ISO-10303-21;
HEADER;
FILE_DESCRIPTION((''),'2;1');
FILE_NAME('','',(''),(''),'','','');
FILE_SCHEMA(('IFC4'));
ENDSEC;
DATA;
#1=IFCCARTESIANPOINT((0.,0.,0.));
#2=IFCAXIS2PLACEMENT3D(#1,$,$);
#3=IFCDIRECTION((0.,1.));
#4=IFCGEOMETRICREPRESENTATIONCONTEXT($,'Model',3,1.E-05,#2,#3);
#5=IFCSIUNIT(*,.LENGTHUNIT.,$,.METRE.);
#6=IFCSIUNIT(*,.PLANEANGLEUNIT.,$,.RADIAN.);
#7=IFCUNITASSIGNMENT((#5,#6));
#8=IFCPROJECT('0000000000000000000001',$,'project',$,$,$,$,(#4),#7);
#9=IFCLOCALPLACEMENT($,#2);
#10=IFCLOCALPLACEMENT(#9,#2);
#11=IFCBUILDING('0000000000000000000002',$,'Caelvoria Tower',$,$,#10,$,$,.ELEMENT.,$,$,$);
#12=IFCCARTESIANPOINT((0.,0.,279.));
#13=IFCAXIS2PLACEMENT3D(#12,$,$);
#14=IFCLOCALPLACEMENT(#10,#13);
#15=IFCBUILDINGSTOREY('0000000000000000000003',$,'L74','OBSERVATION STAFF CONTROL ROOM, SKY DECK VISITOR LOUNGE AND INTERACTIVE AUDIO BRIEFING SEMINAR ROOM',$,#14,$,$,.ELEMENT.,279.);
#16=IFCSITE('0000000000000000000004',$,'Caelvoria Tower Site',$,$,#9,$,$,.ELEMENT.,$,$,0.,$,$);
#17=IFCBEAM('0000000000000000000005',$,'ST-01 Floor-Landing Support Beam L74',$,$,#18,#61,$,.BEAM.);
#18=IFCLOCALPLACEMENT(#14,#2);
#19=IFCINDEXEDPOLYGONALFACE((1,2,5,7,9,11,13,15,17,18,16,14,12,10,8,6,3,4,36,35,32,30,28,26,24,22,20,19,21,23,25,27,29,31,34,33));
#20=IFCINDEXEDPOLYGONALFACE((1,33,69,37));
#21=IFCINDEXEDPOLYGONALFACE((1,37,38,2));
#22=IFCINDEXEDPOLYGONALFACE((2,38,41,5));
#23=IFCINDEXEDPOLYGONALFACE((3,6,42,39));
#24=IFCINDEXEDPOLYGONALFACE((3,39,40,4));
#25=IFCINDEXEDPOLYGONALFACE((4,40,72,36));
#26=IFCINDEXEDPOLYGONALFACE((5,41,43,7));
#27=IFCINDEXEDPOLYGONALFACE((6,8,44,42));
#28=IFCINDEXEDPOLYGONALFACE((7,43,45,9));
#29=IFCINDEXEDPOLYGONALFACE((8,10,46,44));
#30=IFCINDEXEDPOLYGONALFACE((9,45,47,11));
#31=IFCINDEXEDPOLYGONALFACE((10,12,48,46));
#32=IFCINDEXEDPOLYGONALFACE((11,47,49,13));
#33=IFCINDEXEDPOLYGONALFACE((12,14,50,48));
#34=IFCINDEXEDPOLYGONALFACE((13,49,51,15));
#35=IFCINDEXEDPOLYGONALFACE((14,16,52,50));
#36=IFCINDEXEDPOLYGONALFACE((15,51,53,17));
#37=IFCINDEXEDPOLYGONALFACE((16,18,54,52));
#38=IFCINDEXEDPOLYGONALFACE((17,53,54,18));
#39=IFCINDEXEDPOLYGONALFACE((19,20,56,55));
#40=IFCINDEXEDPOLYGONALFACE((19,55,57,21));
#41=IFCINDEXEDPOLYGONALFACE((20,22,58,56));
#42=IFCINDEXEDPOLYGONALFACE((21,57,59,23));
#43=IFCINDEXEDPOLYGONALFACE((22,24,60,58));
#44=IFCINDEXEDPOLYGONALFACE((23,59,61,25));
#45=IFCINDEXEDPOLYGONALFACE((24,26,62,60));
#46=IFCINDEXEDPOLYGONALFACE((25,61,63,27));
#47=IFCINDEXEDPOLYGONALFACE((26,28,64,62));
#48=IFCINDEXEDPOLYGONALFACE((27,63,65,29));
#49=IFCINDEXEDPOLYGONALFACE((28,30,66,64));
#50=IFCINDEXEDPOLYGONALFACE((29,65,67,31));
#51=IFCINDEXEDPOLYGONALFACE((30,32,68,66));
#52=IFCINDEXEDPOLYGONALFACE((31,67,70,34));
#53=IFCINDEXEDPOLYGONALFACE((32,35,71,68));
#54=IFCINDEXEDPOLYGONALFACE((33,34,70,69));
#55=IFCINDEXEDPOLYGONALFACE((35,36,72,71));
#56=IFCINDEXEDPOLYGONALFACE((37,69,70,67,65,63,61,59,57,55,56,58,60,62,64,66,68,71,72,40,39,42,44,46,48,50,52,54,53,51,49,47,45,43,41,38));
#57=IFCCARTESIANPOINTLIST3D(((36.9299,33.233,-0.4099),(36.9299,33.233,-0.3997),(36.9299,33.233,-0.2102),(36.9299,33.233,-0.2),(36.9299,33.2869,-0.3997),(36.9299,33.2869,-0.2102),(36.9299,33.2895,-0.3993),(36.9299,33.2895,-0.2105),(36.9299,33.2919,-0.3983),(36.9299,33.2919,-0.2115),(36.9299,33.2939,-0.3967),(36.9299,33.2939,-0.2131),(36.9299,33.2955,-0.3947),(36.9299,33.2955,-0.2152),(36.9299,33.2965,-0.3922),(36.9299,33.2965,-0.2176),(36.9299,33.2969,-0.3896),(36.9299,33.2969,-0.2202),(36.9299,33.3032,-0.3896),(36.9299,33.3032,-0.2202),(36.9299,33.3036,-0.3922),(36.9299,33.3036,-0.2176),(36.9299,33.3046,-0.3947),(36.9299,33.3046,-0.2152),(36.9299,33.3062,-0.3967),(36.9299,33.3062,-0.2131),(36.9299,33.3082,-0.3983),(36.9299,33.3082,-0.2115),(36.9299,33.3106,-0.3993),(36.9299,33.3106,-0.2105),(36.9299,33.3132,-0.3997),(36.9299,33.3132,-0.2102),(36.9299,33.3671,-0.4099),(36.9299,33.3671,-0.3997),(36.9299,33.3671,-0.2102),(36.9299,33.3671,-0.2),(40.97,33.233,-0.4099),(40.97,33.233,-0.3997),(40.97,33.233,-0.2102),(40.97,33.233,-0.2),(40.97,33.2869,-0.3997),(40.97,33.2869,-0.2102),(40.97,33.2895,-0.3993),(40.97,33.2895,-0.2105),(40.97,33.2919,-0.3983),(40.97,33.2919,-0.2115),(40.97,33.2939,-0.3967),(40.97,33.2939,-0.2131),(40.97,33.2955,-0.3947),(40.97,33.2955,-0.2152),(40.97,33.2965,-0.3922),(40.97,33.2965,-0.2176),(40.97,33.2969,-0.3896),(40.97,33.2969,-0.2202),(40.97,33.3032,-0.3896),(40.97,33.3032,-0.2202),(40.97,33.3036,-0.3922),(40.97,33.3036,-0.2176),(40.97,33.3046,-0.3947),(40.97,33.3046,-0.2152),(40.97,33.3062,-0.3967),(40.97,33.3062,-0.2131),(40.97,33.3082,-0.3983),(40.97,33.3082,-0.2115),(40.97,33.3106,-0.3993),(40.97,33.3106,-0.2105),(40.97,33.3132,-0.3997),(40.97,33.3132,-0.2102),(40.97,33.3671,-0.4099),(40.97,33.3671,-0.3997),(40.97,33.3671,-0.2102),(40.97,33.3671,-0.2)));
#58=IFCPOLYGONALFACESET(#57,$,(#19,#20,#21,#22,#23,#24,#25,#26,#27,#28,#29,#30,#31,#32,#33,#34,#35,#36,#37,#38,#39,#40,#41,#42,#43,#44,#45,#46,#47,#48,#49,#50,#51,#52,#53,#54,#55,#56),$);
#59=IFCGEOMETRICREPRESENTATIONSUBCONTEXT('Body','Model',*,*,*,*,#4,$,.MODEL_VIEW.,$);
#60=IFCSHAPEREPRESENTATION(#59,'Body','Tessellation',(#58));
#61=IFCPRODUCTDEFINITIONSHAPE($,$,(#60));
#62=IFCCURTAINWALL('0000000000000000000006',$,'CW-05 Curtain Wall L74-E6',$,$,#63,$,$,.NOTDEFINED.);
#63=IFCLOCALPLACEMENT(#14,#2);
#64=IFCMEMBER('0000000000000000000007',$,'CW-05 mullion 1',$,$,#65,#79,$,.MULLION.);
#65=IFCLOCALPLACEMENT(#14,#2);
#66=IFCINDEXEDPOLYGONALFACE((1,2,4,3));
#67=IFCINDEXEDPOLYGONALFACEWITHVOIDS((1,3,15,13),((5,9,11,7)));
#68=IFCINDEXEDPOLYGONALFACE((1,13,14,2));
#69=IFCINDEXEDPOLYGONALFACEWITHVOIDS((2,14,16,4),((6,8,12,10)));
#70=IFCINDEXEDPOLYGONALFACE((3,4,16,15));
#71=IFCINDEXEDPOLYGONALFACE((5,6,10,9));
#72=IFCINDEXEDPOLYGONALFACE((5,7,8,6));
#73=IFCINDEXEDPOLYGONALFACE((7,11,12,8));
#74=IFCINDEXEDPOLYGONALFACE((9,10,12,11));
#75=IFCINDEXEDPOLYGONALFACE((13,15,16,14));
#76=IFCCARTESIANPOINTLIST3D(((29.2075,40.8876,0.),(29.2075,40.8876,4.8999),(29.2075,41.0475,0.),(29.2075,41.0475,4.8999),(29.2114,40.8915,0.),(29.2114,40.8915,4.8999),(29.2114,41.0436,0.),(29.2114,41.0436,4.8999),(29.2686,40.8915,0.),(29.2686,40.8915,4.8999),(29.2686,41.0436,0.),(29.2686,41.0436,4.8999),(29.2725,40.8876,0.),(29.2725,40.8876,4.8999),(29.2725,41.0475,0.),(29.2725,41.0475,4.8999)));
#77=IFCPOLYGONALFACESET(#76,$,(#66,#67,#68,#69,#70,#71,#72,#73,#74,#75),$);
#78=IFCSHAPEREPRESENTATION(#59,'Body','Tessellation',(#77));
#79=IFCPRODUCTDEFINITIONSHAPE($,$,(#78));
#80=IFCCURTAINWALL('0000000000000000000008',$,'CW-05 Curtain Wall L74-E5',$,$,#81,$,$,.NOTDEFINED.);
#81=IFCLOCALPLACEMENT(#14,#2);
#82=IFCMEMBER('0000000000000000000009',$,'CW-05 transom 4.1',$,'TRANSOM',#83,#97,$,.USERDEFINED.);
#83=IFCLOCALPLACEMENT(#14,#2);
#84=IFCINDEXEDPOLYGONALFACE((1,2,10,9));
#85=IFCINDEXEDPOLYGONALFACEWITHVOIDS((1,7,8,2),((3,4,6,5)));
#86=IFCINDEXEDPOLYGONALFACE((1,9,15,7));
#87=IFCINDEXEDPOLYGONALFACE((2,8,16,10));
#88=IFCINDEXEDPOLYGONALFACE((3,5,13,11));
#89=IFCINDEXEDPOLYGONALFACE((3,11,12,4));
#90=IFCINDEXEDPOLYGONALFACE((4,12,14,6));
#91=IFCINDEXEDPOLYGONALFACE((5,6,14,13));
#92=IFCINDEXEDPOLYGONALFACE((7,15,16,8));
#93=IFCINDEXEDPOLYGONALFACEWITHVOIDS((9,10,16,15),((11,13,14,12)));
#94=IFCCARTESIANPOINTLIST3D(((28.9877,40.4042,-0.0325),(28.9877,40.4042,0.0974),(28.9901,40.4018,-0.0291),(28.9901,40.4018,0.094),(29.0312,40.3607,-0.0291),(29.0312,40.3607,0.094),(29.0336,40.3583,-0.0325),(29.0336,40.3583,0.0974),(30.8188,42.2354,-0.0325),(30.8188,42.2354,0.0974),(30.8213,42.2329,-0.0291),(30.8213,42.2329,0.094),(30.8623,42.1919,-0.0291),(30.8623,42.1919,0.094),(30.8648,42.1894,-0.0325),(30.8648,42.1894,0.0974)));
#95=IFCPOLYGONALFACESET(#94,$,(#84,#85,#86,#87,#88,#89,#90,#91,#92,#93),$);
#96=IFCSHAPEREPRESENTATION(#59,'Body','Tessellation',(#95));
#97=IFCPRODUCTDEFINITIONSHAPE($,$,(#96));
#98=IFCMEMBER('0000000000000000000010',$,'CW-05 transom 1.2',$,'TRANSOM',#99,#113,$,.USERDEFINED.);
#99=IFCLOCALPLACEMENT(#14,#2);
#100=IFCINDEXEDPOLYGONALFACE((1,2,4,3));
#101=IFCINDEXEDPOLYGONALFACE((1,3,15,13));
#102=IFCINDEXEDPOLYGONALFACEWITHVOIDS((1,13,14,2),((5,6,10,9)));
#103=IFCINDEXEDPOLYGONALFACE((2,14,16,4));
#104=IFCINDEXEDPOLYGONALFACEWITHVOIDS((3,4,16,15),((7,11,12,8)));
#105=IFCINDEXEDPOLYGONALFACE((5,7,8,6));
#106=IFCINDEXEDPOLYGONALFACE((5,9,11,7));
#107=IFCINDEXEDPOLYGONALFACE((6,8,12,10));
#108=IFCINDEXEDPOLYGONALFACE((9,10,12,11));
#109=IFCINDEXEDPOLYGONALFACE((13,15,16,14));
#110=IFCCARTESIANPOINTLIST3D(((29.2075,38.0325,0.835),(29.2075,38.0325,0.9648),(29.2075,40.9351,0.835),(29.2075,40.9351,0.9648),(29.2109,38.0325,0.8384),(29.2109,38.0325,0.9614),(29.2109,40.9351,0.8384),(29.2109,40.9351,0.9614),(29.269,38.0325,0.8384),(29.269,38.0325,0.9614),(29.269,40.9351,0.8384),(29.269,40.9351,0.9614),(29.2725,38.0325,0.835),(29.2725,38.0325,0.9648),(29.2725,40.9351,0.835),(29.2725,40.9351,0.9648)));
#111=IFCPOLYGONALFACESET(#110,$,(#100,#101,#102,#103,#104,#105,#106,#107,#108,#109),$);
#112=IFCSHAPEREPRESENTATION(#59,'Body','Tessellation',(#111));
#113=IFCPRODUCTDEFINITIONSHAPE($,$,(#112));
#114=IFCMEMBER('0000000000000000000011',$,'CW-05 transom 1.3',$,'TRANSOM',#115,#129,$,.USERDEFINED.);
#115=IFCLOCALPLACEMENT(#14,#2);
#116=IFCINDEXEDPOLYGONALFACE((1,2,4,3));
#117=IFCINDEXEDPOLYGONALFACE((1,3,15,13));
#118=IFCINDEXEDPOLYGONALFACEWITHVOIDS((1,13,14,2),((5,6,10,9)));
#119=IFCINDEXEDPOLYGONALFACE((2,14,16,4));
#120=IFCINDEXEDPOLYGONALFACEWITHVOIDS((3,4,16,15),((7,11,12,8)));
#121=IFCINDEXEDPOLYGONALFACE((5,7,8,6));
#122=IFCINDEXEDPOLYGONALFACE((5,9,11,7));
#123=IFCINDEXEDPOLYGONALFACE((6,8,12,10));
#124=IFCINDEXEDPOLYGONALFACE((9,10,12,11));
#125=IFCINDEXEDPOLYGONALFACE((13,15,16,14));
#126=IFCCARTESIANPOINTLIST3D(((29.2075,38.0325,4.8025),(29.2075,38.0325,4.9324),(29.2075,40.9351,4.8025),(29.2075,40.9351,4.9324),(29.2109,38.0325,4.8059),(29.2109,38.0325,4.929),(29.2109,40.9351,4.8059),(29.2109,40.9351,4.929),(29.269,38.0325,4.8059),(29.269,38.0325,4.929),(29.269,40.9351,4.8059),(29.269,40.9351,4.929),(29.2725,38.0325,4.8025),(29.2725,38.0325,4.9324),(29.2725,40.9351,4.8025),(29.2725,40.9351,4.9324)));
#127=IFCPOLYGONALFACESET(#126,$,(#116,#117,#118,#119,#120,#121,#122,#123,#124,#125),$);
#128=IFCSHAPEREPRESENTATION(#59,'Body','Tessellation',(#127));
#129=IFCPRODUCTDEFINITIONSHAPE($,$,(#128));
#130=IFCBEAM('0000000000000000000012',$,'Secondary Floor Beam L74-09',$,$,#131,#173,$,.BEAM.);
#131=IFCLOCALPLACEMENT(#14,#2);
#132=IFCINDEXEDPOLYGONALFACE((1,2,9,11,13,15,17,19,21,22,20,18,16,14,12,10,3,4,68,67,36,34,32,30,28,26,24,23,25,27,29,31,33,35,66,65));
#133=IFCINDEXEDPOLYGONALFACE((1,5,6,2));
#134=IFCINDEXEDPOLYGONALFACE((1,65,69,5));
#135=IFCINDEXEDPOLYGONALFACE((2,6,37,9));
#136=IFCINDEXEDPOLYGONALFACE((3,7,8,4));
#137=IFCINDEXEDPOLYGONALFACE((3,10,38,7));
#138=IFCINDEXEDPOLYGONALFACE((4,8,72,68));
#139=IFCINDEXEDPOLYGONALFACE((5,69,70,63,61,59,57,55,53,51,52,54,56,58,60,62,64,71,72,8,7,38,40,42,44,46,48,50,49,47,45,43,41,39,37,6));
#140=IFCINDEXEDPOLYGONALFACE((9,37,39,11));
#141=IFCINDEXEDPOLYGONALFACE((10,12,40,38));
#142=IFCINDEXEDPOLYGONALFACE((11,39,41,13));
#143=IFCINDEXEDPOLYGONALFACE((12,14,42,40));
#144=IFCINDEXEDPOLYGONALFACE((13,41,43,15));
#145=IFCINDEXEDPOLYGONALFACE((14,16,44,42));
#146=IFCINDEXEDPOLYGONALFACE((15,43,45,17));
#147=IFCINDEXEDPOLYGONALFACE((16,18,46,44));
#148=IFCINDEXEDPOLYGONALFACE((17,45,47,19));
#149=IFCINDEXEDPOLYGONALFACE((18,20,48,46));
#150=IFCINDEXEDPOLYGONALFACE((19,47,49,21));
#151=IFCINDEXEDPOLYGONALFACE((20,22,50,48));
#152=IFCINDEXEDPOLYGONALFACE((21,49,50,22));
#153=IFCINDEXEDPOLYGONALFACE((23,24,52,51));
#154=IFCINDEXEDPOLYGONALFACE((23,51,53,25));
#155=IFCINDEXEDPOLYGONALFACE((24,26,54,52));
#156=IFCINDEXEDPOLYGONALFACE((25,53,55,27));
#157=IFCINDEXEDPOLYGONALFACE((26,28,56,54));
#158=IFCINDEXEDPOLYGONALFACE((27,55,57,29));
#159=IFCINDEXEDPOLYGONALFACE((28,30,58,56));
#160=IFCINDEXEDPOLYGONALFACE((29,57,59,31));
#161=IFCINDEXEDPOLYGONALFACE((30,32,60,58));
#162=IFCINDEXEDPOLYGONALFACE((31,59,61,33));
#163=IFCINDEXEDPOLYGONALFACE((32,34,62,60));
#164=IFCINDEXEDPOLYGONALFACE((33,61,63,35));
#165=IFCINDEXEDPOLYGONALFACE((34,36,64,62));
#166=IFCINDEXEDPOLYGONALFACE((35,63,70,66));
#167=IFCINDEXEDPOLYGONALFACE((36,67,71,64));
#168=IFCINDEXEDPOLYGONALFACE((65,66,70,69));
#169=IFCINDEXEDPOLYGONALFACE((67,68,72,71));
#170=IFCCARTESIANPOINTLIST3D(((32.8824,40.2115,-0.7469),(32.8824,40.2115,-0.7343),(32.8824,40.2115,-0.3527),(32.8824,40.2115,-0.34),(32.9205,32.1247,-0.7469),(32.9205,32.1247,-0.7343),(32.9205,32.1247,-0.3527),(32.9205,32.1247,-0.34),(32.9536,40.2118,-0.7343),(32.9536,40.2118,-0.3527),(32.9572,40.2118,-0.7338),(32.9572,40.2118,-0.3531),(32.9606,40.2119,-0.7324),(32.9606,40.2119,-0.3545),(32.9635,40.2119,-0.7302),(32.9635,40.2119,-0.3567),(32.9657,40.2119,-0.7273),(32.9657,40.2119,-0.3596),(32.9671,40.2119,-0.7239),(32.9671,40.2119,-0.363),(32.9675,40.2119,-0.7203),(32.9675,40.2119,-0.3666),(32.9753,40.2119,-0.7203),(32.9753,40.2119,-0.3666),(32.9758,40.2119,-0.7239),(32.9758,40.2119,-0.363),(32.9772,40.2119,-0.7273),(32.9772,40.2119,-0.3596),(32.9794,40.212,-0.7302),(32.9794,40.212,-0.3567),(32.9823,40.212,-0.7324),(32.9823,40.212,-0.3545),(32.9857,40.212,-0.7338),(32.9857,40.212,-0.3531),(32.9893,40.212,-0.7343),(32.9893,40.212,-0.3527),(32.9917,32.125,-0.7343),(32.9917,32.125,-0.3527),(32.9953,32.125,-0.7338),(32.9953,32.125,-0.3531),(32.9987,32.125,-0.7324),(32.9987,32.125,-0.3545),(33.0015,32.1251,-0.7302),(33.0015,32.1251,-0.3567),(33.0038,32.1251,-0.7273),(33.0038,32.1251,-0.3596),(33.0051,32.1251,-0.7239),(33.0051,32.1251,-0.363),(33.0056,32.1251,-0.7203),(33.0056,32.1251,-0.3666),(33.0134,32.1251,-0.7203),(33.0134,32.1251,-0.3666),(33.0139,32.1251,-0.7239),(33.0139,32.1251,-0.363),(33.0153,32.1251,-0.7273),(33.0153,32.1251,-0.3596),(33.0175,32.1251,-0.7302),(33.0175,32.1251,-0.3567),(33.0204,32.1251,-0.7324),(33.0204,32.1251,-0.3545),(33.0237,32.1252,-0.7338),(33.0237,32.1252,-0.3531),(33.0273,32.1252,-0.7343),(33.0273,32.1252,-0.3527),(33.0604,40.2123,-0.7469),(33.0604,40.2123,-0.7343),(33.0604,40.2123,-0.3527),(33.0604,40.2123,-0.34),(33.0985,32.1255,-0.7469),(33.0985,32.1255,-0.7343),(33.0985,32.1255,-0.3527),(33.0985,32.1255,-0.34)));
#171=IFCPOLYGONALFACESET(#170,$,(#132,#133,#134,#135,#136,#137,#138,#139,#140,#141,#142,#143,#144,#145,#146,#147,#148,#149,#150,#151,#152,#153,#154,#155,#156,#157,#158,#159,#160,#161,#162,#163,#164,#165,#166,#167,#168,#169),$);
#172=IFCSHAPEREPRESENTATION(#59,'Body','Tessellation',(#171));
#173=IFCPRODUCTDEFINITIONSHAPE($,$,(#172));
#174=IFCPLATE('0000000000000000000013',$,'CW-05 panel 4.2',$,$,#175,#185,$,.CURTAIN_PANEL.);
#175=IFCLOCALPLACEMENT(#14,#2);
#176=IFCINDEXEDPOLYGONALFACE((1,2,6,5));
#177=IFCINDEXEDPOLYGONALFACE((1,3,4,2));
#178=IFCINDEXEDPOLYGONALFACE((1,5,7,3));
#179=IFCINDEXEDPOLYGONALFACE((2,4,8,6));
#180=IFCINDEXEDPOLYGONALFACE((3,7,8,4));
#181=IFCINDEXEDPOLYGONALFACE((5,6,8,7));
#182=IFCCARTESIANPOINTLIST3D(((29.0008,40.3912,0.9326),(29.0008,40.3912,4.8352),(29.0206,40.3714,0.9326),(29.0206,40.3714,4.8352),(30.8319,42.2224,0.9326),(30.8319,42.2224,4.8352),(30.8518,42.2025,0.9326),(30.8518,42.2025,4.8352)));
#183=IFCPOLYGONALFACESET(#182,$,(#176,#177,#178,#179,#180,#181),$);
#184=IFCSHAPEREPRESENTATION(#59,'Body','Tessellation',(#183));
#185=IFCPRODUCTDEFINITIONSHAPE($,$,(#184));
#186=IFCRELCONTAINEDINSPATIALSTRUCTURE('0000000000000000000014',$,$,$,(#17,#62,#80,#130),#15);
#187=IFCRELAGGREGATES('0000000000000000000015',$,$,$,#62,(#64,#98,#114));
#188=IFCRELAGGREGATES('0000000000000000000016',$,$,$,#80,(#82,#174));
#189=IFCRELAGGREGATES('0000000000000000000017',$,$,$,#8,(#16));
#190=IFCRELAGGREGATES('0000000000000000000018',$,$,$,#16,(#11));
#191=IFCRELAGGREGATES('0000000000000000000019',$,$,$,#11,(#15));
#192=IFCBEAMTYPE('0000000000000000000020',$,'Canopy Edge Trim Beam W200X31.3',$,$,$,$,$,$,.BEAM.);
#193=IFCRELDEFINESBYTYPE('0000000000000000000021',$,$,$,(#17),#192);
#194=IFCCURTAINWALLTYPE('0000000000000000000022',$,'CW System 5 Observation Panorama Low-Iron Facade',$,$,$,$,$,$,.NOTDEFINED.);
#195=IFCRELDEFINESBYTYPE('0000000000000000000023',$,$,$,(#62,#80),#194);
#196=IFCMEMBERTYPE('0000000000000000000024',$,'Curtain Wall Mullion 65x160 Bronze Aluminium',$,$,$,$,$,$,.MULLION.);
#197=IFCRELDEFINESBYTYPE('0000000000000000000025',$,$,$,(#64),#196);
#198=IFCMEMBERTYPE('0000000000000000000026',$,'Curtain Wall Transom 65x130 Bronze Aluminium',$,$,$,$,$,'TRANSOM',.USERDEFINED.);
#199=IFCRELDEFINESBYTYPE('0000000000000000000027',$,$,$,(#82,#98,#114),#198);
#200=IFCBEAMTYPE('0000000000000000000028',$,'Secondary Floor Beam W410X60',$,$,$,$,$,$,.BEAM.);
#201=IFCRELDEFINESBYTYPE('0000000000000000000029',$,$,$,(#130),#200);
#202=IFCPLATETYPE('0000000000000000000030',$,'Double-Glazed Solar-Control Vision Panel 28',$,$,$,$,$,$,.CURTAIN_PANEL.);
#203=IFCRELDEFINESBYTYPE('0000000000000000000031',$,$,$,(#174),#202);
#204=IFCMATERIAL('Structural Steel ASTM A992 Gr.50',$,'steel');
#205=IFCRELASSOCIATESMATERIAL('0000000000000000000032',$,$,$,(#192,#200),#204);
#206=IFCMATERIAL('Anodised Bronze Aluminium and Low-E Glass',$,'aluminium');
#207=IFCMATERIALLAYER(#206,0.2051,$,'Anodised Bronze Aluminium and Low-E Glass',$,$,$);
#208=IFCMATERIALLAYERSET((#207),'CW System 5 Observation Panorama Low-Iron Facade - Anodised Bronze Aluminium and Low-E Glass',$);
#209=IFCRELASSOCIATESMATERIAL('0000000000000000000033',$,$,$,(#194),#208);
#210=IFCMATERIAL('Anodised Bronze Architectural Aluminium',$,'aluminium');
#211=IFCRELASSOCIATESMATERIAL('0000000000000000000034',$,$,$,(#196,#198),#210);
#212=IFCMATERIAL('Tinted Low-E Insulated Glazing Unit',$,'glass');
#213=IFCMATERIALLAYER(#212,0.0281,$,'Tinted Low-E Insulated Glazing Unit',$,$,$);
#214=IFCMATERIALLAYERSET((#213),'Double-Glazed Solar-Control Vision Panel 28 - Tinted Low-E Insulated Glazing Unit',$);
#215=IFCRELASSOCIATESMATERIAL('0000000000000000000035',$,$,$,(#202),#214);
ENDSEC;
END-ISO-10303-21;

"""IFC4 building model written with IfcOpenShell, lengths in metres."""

from ifc_helpers import new_model, si_unit, direction, frame, origin, origin_2d, place, context, subcontext, project, spatial, rectangle, hollow_rectangle, i_section, extrude, material, layer, layer_set, material_profile, profile_set, type_object, element, aggregate, save


model = new_model("IFC4")

# Units and contexts
model_context = context("Model", 3, precision=1e-05, world=origin(), true_north=direction((0.0, 1.0)))
body_context = subcontext(model_context, "Body", "Model", "MODEL_VIEW")
ifc_project = project(units=[si_unit("LENGTHUNIT", "METRE"), si_unit("PLANEANGLEUNIT", "RADIAN")], contexts=[model_context])

# Site, building, storey
site_placement = place(None, origin())
site = spatial("IfcSite", under=ifc_project, at=site_placement, Name="Caelvoria Tower Site", CompositionType="ELEMENT", RefElevation=0.0)
building_placement = place(site_placement, origin())
building = spatial("IfcBuilding", under=site, at=building_placement, Name="Caelvoria Tower", CompositionType="ELEMENT")
storey_placement = place(building_placement, frame((0.0, 0.0, 279.0)))
storey = spatial("IfcBuildingStorey", under=building, at=storey_placement, Name="L74", Description="OBSERVATION STAFF CONTROL ROOM, SKY DECK VISITOR LOUNGE AND INTERACTIVE AUDIO BRIEFING SEMINAR ROOM", CompositionType="ELEMENT", Elevation=279.0)

# Beam
ifc_material_1 = material(Name="Structural Steel ASTM A992 Gr.50", Category="steel")
ifc_material_profile_1 = material_profile(ifc_material_1, i_section(OverallWidth=0.134, OverallDepth=0.21, WebThickness=0.0063, FlangeThickness=0.0103, FilletRadius=0.01, at=origin_2d()), Name="Structural Steel ASTM A992 Gr.50")
ifc_profile_set_1 = profile_set([ifc_material_profile_1], Name="W200X31.3 - Structural Steel ASTM A992 Gr.50")
beam_type_1 = type_object("IfcBeamType", Name="Canopy Edge Trim Beam W200X31.3", PredefinedType="BEAM", material=ifc_profile_set_1)
beam_1_placement = place(storey_placement, frame((36.9299, 33.3, -0.3049), z_axis=(1.0, 0.0, 0.0), x_axis=(0.0, 1.0, 0.0)))
element("IfcBeam", 1, at=beam_1_placement, inside=storey, type_object=beam_type_1, Name="ST-01 Floor-Landing Support Beam L74", PredefinedType="BEAM", context=body_context, shape_type="SweptSolid", body=[
    extrude(i_section(OverallWidth=0.134, OverallDepth=0.21, WebThickness=0.0063, FlangeThickness=0.0103, FilletRadius=0.01, at=origin_2d()), origin(), (0.0, 0.0, 1.0), 4.04),
])

# Curtain walls, members
ifc_material_2 = material(Name="Anodised Bronze Aluminium and Low-E Glass", Category="aluminium")
ifc_layer_1 = layer(ifc_material_2, 0.2051, Name="Anodised Bronze Aluminium and Low-E Glass")
ifc_layer_set_1 = layer_set([ifc_layer_1], Name="CW System 5 Observation Panorama Low-Iron Facade - Anodised Bronze Aluminium and Low-E Glass")
curtain_wall_type = type_object("IfcCurtainWallType", Name="CW System 5 Observation Panorama Low-Iron Facade", PredefinedType="NOTDEFINED", material=ifc_layer_set_1)
curtain_wall_1_placement = place(storey_placement, origin())
curtain_wall_1 = element("IfcCurtainWall", 2, at=curtain_wall_1_placement, inside=storey, type_object=curtain_wall_type, Name="CW-05 Curtain Wall L74-E6", PredefinedType="NOTDEFINED")
ifc_material_3 = material(Name="Anodised Bronze Architectural Aluminium", Category="aluminium")
ifc_material_profile_2 = material_profile(ifc_material_3, hollow_rectangle(XDim=0.0649, YDim=0.1599, WallThickness=0.0039, at=origin_2d()), Name="Anodised Bronze Architectural Aluminium")
ifc_profile_set_2 = profile_set([ifc_material_profile_2], Name="CW_MULL_65X160 - Anodised Bronze Architectural Aluminium")
member_type_1 = type_object("IfcMemberType", Name="Curtain Wall Mullion 65x160 Bronze Aluminium", PredefinedType="MULLION", material=ifc_profile_set_2)
member_1_placement = place(storey_placement, frame((29.24, 40.9675, 0.0), z_axis=(0.0, 0.0, 1.0), x_axis=(1.0, 0.0, 0.0)))
member_1 = element("IfcMember", 3, at=member_1_placement, type_object=member_type_1, Name="CW-05 mullion 1", PredefinedType="MULLION", context=body_context, shape_type="SweptSolid", body=[
    extrude(hollow_rectangle(XDim=0.0649, YDim=0.1599, WallThickness=0.0039, at=origin_2d()), origin(), (0.0, 0.0, 1.0), 4.8999),
])
curtain_wall_2_placement = place(storey_placement, origin())
curtain_wall_2 = element("IfcCurtainWall", 4, at=curtain_wall_2_placement, inside=storey, type_object=curtain_wall_type, Name="CW-05 Curtain Wall L74-E5", PredefinedType="NOTDEFINED")
ifc_material_profile_3 = material_profile(ifc_material_3, hollow_rectangle(XDim=0.0649, YDim=0.1299, WallThickness=0.0034, at=origin_2d()), Name="Anodised Bronze Architectural Aluminium")
ifc_profile_set_3 = profile_set([ifc_material_profile_3], Name="CW_TRAN_65X130 - Anodised Bronze Architectural Aluminium")
member_type_2 = type_object("IfcMemberType", Name="Curtain Wall Transom 65x130 Bronze Aluminium", ElementType="TRANSOM", PredefinedType="USERDEFINED", material=ifc_profile_set_3)
member_2_placement = place(storey_placement, frame((30.8418, 42.2124, 0.0325), z_axis=(-0.707107, -0.707107, 0.0), x_axis=(0.707107, -0.707107, 0.0)))
member_2 = element("IfcMember", 5, at=member_2_placement, type_object=member_type_2, Name="CW-05 transom 4.1", ObjectType="TRANSOM", PredefinedType="USERDEFINED", context=body_context, shape_type="SweptSolid", body=[
    extrude(hollow_rectangle(XDim=0.0649, YDim=0.1299, WallThickness=0.0034, at=origin_2d()), origin(), (0.0, 0.0, 1.0), 2.5896),
])

# Members
member_3_placement = place(storey_placement, frame((29.24, 40.9351, 0.8999), z_axis=(0.0, -1.0, 0.0), x_axis=(1.0, 0.0, 0.0)))
member_3 = element("IfcMember", 6, at=member_3_placement, type_object=member_type_2, Name="CW-05 transom 1.2", ObjectType="TRANSOM", PredefinedType="USERDEFINED", context=body_context, shape_type="SweptSolid", body=[
    extrude(hollow_rectangle(XDim=0.0649, YDim=0.1299, WallThickness=0.0034, at=origin_2d()), origin(), (0.0, 0.0, 1.0), 2.9026),
])
member_4_placement = place(storey_placement, frame((29.24, 40.9351, 4.8674), z_axis=(0.0, -1.0, 0.0), x_axis=(1.0, 0.0, 0.0)))
member_4 = element("IfcMember", 7, at=member_4_placement, type_object=member_type_2, Name="CW-05 transom 1.3", ObjectType="TRANSOM", PredefinedType="USERDEFINED", context=body_context, shape_type="SweptSolid", body=[
    extrude(hollow_rectangle(XDim=0.0649, YDim=0.1299, WallThickness=0.0034, at=origin_2d()), origin(), (0.0, 0.0, 1.0), 2.9026),
])
aggregate(curtain_wall_1, [member_1, member_3, member_4])

# Beam
ifc_material_profile_4 = material_profile(ifc_material_1, i_section(OverallWidth=0.178, OverallDepth=0.407, WebThickness=0.0078, FlangeThickness=0.0127, FilletRadius=0.0139, at=origin_2d()), Name="Structural Steel ASTM A992 Gr.50")
ifc_profile_set_4 = profile_set([ifc_material_profile_4], Name="W410X60 - Structural Steel ASTM A992 Gr.50")
beam_type_2 = type_object("IfcBeamType", Name="Secondary Floor Beam W410X60", PredefinedType="BEAM", material=ifc_profile_set_4)
beam_2_placement = place(storey_placement, frame((32.9714, 40.2119, -0.5435), z_axis=(0.00471, -0.999989, 0.0), x_axis=(0.999989, 0.00471, 0.0)))
element("IfcBeam", 8, at=beam_2_placement, inside=storey, type_object=beam_type_2, Name="Secondary Floor Beam L74-09", PredefinedType="BEAM", context=body_context, shape_type="SweptSolid", body=[
    extrude(i_section(OverallWidth=0.178, OverallDepth=0.407, WebThickness=0.0078, FlangeThickness=0.0127, FilletRadius=0.0139, at=origin_2d()), origin(), (0.0, 0.0, 1.0), 8.0869),
])

# Plate
ifc_material_4 = material(Name="Tinted Low-E Insulated Glazing Unit", Category="glass")
ifc_layer_2 = layer(ifc_material_4, 0.0281, Name="Tinted Low-E Insulated Glazing Unit")
ifc_layer_set_2 = layer_set([ifc_layer_2], Name="Double-Glazed Solar-Control Vision Panel 28 - Tinted Low-E Insulated Glazing Unit")
plate_type_1 = type_object("IfcPlateType", Name="Double-Glazed Solar-Control Vision Panel 28", PredefinedType="CURTAIN_PANEL", material=ifc_layer_set_2)
plate_1_placement = place(storey_placement, frame((29.9263, 41.2969, 0.9326), z_axis=(0.0, 0.0, 1.0), x_axis=(-0.707107, -0.707107, 0.0)))
plate_1 = element("IfcPlate", 9, at=plate_1_placement, type_object=plate_type_1, Name="CW-05 panel 4.2", PredefinedType="CURTAIN_PANEL", context=body_context, shape_type="SweptSolid", body=[
    extrude(rectangle(XDim=2.5896, YDim=0.0281, at=origin_2d()), origin(), (0.0, 0.0, 1.0), 3.9026),
])
aggregate(curtain_wall_2, [member_2, plate_1])

save(model, "model.ifc")
